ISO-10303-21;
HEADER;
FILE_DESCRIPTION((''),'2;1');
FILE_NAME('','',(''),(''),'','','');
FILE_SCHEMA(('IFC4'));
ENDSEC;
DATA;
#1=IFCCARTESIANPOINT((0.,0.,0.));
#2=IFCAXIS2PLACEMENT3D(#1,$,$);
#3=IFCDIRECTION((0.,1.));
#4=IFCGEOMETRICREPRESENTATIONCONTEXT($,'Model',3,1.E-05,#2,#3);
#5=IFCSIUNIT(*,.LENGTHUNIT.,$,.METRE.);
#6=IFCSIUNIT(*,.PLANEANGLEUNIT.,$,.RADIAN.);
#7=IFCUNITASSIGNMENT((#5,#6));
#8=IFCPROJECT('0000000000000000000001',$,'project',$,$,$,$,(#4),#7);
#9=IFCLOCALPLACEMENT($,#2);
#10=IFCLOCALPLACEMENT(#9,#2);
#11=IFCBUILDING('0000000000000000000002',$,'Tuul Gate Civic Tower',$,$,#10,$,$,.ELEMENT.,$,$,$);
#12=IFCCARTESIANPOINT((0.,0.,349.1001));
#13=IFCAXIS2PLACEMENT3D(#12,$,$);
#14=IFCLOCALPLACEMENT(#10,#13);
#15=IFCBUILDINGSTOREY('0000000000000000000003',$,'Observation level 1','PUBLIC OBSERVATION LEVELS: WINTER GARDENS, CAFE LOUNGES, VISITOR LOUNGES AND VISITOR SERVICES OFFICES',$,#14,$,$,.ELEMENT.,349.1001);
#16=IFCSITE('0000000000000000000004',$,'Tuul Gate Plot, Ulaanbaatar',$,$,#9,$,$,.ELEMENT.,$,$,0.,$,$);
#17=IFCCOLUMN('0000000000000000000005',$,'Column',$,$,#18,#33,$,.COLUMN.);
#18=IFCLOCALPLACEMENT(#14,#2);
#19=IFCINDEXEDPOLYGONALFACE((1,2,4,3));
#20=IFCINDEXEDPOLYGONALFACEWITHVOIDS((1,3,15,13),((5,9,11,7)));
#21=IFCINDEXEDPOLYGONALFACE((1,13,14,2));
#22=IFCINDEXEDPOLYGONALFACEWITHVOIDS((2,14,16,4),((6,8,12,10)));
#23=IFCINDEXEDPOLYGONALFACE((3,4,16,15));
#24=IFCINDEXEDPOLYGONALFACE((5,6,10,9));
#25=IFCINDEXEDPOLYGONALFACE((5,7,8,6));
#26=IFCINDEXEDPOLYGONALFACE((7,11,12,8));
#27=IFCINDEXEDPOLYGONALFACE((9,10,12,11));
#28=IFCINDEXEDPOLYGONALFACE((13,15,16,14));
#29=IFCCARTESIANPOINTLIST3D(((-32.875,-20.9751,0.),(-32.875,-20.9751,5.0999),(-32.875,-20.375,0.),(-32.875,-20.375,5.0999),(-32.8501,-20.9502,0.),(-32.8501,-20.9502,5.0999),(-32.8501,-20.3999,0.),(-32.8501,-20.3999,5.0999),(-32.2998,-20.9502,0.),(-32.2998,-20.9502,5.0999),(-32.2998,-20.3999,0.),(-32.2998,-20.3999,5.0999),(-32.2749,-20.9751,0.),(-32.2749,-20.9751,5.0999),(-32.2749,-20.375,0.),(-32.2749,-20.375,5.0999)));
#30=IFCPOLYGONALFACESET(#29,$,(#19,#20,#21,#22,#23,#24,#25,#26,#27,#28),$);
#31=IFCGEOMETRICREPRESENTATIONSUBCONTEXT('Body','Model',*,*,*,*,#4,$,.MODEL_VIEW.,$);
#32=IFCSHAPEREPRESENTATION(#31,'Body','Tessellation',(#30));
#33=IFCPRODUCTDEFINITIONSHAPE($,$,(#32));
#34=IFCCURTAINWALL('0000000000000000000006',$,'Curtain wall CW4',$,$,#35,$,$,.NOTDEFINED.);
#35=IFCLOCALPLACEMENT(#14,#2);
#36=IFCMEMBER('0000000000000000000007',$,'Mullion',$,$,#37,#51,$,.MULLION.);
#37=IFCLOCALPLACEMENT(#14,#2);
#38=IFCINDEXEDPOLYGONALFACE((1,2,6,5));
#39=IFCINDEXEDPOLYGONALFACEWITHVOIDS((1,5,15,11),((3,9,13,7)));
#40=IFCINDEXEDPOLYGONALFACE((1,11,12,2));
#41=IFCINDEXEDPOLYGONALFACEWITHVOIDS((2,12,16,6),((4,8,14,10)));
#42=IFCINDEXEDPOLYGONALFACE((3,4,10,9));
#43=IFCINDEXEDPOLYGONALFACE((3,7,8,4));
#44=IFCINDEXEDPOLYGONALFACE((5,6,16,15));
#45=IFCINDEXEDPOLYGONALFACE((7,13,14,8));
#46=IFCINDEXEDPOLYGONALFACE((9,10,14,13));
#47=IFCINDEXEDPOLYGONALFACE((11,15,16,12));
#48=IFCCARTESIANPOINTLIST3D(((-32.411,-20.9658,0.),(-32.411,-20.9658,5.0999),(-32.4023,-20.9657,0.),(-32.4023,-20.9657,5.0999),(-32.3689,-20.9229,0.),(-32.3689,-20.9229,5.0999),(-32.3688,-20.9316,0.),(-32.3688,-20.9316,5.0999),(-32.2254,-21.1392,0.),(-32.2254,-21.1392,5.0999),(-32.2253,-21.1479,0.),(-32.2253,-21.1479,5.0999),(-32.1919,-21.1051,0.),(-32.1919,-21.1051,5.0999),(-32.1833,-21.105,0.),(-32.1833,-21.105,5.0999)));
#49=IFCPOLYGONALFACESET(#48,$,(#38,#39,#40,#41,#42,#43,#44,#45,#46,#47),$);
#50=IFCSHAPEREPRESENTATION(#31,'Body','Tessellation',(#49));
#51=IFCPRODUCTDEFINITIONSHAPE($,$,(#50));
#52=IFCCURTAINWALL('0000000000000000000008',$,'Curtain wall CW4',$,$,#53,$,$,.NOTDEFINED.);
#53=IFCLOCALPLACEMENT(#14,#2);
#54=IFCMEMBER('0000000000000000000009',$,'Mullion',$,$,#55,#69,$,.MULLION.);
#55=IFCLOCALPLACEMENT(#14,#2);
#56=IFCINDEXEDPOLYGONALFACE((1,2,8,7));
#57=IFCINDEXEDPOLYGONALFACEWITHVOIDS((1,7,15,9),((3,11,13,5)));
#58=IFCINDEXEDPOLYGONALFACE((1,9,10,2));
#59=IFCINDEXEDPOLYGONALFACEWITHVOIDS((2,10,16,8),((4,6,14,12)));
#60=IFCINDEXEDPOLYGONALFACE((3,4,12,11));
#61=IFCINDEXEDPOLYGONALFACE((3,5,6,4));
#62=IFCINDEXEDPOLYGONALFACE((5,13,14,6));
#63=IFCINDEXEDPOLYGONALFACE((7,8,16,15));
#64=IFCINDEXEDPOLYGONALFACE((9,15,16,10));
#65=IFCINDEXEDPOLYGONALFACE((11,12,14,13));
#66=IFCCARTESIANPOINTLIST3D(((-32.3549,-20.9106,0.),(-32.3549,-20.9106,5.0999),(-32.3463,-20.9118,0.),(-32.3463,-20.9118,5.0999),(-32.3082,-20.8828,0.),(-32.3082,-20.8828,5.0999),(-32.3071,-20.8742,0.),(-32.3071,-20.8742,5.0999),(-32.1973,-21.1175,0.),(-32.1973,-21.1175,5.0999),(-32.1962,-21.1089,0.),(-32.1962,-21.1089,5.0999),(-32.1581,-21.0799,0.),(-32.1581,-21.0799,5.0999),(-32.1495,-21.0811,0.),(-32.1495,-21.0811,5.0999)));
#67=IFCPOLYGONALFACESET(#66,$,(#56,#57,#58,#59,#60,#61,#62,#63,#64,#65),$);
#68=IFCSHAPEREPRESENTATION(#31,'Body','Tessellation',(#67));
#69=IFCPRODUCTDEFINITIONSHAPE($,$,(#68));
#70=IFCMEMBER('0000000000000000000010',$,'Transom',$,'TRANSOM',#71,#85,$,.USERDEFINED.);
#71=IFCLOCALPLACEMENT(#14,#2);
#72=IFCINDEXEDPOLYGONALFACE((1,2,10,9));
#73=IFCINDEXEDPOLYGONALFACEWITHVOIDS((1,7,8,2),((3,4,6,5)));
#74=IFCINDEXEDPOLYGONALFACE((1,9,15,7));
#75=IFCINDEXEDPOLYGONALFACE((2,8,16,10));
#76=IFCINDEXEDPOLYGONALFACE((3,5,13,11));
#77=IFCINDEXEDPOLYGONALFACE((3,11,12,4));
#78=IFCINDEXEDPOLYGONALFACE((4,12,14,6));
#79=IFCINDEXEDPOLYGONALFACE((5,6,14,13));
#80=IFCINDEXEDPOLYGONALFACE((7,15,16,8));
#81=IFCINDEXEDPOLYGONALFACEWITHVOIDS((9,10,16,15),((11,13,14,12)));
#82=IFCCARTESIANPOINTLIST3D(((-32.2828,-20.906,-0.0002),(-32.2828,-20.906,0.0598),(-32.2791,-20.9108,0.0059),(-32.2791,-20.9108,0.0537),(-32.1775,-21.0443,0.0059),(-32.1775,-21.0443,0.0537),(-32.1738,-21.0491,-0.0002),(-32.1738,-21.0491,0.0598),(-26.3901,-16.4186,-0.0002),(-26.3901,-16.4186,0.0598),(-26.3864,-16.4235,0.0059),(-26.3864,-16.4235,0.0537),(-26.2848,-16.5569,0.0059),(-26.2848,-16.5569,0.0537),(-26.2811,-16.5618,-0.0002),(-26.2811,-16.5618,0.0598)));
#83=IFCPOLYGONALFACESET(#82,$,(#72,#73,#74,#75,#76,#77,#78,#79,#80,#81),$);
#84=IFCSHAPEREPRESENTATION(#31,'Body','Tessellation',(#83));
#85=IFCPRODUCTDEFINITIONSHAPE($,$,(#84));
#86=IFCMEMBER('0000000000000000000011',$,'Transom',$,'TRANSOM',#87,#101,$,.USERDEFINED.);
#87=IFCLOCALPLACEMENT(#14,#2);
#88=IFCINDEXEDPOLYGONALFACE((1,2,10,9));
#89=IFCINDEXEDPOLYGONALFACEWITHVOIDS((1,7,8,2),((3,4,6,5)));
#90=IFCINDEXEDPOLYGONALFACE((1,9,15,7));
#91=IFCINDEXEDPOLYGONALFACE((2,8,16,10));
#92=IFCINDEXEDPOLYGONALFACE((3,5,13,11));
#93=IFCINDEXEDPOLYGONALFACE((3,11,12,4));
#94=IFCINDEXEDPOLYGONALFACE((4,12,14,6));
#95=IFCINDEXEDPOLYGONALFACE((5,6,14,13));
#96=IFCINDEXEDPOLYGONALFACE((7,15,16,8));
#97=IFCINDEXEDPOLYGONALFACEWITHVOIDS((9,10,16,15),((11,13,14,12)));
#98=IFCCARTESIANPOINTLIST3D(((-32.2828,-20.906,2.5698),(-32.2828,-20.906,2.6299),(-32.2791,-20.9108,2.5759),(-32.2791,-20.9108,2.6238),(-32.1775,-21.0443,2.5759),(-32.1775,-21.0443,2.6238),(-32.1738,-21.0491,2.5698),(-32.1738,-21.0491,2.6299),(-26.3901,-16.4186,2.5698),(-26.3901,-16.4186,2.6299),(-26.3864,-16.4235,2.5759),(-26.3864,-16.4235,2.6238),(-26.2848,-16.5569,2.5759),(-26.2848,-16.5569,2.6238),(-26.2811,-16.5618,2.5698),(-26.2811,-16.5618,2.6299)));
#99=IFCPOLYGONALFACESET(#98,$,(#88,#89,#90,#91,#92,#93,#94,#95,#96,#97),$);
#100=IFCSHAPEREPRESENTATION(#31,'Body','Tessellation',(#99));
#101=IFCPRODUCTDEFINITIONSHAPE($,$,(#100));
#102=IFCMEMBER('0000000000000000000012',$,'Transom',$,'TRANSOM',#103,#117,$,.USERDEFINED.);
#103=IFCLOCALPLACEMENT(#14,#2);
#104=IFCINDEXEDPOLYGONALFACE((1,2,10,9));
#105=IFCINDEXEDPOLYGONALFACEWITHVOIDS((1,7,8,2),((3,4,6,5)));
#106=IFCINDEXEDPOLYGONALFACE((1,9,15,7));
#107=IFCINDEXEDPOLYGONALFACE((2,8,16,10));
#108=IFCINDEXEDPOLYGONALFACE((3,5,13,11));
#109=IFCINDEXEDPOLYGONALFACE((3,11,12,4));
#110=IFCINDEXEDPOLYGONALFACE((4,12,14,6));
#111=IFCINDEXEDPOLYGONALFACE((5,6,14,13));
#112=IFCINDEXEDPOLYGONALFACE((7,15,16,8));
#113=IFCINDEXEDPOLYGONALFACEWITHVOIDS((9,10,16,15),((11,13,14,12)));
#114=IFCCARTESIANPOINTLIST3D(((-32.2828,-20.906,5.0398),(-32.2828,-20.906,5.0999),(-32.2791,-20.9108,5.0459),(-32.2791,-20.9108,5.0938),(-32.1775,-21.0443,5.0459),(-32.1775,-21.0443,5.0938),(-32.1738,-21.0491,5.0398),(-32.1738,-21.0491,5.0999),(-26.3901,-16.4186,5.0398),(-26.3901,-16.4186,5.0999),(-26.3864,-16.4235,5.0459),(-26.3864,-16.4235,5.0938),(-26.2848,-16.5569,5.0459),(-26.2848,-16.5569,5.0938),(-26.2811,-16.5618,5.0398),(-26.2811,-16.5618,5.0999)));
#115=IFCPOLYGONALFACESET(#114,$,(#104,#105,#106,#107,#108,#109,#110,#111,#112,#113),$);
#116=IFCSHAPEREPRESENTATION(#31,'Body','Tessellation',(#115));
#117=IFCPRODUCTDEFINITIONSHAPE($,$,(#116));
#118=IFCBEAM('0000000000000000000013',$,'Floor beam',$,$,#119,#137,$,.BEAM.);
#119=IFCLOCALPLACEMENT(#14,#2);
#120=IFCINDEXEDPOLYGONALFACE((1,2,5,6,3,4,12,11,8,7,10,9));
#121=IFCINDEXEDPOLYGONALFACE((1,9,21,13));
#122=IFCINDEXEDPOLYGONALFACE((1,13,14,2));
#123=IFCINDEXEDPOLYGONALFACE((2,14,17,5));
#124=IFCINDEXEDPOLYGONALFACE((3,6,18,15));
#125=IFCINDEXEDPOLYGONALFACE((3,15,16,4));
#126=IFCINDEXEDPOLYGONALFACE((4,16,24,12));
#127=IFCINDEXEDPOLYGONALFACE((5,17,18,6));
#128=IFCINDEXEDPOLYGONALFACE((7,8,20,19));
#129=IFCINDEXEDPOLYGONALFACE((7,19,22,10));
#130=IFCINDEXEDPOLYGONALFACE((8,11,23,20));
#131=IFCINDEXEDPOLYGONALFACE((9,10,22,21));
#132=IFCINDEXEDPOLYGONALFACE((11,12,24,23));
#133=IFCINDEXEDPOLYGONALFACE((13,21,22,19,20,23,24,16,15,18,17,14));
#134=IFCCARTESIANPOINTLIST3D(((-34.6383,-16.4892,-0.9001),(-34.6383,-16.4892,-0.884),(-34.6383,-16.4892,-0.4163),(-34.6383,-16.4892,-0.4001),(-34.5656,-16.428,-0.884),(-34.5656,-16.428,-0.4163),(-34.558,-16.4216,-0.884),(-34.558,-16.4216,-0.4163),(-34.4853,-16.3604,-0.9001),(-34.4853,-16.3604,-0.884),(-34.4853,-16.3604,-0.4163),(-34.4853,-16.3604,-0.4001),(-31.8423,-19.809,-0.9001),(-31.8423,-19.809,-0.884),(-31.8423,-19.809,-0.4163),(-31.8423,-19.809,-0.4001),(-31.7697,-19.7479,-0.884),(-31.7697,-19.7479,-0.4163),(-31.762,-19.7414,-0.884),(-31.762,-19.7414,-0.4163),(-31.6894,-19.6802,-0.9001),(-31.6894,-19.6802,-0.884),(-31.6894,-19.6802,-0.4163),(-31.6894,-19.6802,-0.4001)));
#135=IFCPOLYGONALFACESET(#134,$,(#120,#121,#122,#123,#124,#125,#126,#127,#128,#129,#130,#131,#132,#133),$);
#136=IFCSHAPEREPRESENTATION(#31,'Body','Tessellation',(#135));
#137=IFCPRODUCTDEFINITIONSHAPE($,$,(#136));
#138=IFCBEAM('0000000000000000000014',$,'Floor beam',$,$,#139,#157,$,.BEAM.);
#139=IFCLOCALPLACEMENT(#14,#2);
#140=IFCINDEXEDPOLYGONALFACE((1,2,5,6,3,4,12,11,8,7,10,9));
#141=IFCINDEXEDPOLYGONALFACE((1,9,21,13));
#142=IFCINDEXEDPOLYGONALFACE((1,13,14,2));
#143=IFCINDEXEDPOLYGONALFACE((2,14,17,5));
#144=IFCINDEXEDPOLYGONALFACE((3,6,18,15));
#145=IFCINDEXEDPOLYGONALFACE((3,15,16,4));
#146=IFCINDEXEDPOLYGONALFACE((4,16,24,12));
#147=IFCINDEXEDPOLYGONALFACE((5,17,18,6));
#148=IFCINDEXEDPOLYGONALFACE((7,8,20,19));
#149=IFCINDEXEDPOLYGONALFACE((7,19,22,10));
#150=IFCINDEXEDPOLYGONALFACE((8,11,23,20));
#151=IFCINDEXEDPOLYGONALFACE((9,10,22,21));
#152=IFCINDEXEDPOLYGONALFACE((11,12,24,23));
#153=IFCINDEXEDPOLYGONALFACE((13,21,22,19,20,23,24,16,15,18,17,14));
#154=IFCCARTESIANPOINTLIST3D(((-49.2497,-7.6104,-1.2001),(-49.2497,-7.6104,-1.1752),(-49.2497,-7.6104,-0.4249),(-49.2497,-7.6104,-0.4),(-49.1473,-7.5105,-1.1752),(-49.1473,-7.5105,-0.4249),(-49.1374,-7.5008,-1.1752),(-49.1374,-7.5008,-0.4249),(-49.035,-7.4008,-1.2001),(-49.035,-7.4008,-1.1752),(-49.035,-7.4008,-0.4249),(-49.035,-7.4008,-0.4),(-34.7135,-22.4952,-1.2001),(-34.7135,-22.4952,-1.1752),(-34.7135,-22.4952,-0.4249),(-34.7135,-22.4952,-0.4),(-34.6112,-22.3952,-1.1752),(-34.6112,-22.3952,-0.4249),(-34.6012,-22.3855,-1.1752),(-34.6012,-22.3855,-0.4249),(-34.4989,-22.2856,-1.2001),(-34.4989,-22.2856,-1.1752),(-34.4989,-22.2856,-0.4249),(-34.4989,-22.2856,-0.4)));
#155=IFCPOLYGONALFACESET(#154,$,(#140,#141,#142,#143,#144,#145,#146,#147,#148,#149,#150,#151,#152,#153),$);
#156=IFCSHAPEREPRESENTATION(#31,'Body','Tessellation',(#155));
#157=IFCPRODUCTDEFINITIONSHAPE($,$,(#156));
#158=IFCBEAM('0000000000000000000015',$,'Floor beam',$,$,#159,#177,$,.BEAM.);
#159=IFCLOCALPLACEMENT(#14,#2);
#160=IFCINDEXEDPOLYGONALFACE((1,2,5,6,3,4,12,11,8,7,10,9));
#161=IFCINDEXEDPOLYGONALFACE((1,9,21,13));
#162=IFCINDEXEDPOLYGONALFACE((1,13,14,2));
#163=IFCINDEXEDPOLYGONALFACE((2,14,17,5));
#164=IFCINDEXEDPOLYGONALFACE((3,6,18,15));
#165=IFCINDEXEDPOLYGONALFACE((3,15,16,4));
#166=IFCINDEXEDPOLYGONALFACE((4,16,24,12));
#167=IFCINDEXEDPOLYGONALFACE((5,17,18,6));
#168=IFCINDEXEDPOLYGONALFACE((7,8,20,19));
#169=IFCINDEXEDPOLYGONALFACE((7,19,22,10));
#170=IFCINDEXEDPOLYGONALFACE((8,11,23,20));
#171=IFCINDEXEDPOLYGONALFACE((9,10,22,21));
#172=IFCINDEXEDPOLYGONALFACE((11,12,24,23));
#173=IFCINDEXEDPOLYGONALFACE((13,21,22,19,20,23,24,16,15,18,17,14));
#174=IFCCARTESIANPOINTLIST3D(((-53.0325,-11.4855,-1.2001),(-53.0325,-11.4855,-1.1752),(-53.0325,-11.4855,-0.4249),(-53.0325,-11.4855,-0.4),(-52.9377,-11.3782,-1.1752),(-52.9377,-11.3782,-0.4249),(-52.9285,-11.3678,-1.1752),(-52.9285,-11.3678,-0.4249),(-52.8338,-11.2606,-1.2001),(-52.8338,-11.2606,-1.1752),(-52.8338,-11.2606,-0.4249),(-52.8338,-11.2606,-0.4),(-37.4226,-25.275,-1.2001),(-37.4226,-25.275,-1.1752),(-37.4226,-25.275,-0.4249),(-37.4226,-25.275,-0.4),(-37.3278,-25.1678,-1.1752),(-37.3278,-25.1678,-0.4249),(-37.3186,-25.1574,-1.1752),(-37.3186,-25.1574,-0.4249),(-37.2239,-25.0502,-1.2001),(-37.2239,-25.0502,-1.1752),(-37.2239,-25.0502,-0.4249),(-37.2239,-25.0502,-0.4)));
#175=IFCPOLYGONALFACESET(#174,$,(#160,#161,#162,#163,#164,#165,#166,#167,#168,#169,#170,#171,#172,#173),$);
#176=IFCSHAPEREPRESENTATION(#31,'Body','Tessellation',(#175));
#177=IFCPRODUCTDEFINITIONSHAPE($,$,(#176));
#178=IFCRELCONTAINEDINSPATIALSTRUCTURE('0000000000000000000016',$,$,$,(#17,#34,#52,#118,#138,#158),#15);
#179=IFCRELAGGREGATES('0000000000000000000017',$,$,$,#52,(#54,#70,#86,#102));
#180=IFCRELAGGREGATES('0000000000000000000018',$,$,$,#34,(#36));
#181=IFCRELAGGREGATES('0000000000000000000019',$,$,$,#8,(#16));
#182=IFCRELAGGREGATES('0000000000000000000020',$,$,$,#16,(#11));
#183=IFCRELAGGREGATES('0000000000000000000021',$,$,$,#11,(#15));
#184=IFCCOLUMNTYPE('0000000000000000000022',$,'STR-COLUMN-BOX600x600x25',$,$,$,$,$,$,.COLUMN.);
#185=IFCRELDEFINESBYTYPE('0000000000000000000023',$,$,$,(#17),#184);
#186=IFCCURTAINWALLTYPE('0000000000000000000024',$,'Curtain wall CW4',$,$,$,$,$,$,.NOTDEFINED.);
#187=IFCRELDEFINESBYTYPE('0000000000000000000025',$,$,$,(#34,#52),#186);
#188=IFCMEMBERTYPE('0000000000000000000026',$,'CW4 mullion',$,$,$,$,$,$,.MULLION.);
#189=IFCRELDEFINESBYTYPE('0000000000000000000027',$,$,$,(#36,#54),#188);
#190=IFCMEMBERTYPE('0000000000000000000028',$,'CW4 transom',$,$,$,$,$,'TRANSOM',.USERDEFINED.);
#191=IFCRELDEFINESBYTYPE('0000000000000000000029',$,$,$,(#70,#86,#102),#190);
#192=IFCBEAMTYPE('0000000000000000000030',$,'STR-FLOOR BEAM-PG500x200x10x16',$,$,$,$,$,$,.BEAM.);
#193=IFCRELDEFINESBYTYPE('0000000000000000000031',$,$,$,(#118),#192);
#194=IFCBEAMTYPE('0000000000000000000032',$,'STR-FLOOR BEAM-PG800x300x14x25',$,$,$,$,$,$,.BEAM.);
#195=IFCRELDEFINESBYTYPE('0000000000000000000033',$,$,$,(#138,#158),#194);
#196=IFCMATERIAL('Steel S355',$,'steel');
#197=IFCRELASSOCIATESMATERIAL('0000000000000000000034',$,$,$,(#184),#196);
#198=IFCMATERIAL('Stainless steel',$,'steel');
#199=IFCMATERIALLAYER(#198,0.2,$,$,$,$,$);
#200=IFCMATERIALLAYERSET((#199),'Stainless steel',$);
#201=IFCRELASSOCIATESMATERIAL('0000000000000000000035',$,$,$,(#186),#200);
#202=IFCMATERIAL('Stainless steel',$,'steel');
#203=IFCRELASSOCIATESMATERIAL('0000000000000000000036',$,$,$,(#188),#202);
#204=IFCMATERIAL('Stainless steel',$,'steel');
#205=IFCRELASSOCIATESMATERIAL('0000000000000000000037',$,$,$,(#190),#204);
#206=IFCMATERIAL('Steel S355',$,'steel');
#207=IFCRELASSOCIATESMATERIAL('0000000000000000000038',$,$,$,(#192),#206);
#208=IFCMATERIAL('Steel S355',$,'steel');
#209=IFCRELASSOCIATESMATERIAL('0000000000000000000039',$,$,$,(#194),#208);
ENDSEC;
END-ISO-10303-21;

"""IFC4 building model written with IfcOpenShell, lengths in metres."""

from ifc_helpers import new_model, si_unit, direction, frame, origin, origin_2d, place, context, subcontext, project, spatial, hollow_rectangle, i_section, extrude, material, layer, layer_set, material_profile, profile_set, type_object, element, aggregate, save


model = new_model("IFC4")

# Units and contexts
model_context = context("Model", 3, precision=1e-05, world=origin(), true_north=direction((0.0, 1.0)))
body_context = subcontext(model_context, "Body", "Model", "MODEL_VIEW")
ifc_project = project(units=[si_unit("LENGTHUNIT", "METRE"), si_unit("PLANEANGLEUNIT", "RADIAN")], contexts=[model_context])

# Site, building, storey
site_placement = place(None, origin())
site = spatial("IfcSite", under=ifc_project, at=site_placement, Name="Tuul Gate Plot, Ulaanbaatar", CompositionType="ELEMENT", RefElevation=0.0)
building_placement = place(site_placement, origin())
building = spatial("IfcBuilding", under=site, at=building_placement, Name="Tuul Gate Civic Tower", CompositionType="ELEMENT")
storey_placement = place(building_placement, frame((0.0, 0.0, 349.1001)))
storey = spatial("IfcBuildingStorey", under=building, at=storey_placement, Name="Observation level 1", Description="PUBLIC OBSERVATION LEVELS: WINTER GARDENS, CAFE LOUNGES, VISITOR LOUNGES AND VISITOR SERVICES OFFICES", CompositionType="ELEMENT", Elevation=349.1001)

# Column
ifc_material_1 = material(Name="Steel S355", Category="steel")
ifc_material_profile_1 = material_profile(ifc_material_1, hollow_rectangle(XDim=0.6001, YDim=0.6001, WallThickness=0.0249, at=origin_2d()), Name="BOX600x600x25")
ifc_profile_set_1 = profile_set([ifc_material_profile_1], Name="Steel S355")
column_type = type_object("IfcColumnType", Name="STR-COLUMN-BOX600x600x25", PredefinedType="COLUMN", material=ifc_profile_set_1)
column_placement = place(storey_placement, frame((-32.575, -20.675, 0.0), z_axis=(0.0, 0.0, 1.0), x_axis=(1.0, 0.0, 0.0)))
element("IfcColumn", 1, at=column_placement, inside=storey, type_object=column_type, Name="Column", PredefinedType="COLUMN", context=body_context, shape_type="SweptSolid", body=[
    extrude(hollow_rectangle(XDim=0.6001, YDim=0.6001, WallThickness=0.0249, at=origin_2d()), origin(), (0.0, 0.0, 1.0), 5.0999),
])

# Curtain wall, member
ifc_material_2 = material(Name="Stainless steel", Category="steel")
ifc_layer_1 = layer(ifc_material_2, 0.2)
ifc_layer_set_1 = layer_set([ifc_layer_1], Name="Stainless steel")
curtain_wall_type = type_object("IfcCurtainWallType", Name="Curtain wall CW4", PredefinedType="NOTDEFINED", material=ifc_layer_set_1)
curtain_wall_1_placement = place(storey_placement, origin())
curtain_wall_1 = element("IfcCurtainWall", 2, at=curtain_wall_1_placement, inside=storey, type_object=curtain_wall_type, Name="Curtain wall CW4", PredefinedType="NOTDEFINED")
ifc_material_3 = material(Name="Stainless steel", Category="steel")
ifc_material_profile_2 = material_profile(ifc_material_3, hollow_rectangle(XDim=0.26, YDim=0.0601, WallThickness=0.0061, at=origin_2d()), Name="CW4 mullion")
ifc_profile_set_2 = profile_set([ifc_material_profile_2], Name="Stainless steel")
member_type_1 = type_object("IfcMemberType", Name="CW4 mullion", PredefinedType="MULLION", material=ifc_profile_set_2)
member_1_placement = place(storey_placement, frame((-32.2971, -21.0354, 0.0), z_axis=(0.0, 0.0, 1.0), x_axis=(-0.714048, 0.700097, 0.0)))
member_1 = element("IfcMember", 3, at=member_1_placement, type_object=member_type_1, Name="Mullion", PredefinedType="MULLION", context=body_context, shape_type="SweptSolid", body=[
    extrude(hollow_rectangle(XDim=0.26, YDim=0.0601, WallThickness=0.0061, at=origin_2d()), origin(), (0.0, 0.0, 1.0), 5.0999),
])

# Curtain wall, members
curtain_wall_2_placement = place(storey_placement, origin())
curtain_wall_2 = element("IfcCurtainWall", 4, at=curtain_wall_2_placement, inside=storey, type_object=curtain_wall_type, Name="Curtain wall CW4", PredefinedType="NOTDEFINED")
member_2_placement = place(storey_placement, frame((-32.2522, -20.9958, 0.0), z_axis=(0.0, 0.0, 1.0), x_axis=(-0.605851, 0.795578, 0.0)))
member_2 = element("IfcMember", 5, at=member_2_placement, type_object=member_type_1, Name="Mullion", PredefinedType="MULLION", context=body_context, shape_type="SweptSolid", body=[
    extrude(hollow_rectangle(XDim=0.26, YDim=0.0601, WallThickness=0.0061, at=origin_2d()), origin(), (0.0, 0.0, 1.0), 5.0999),
])
ifc_material_4 = material(Name="Stainless steel", Category="steel")
ifc_material_profile_3 = material_profile(ifc_material_4, hollow_rectangle(XDim=0.1799, YDim=0.0601, WallThickness=0.0061, at=origin_2d()), Name="CW4 transom")
ifc_profile_set_3 = profile_set([ifc_material_profile_3], Name="Stainless steel")
member_type_2 = type_object("IfcMemberType", Name="CW4 transom", ElementType="TRANSOM", PredefinedType="USERDEFINED", material=ifc_profile_set_3)
member_3_placement = place(storey_placement, frame((-32.2283, -20.9775, 0.0298), z_axis=(0.79558, 0.605849, 0.0), x_axis=(-0.605849, 0.79558, 0.0)))
member_3 = element("IfcMember", 6, at=member_3_placement, type_object=member_type_2, Name="Transom", ObjectType="TRANSOM", PredefinedType="USERDEFINED", context=body_context, shape_type="SweptSolid", body=[
    extrude(hollow_rectangle(XDim=0.1799, YDim=0.0601, WallThickness=0.0061, at=origin_2d()), origin(), (0.0, 0.0, 1.0), 7.4067),
])
member_4_placement = place(storey_placement, frame((-32.2283, -20.9775, 2.5999), z_axis=(0.79558, 0.605849, 0.0), x_axis=(-0.605849, 0.79558, 0.0)))
member_4 = element("IfcMember", 7, at=member_4_placement, type_object=member_type_2, Name="Transom", ObjectType="TRANSOM", PredefinedType="USERDEFINED", context=body_context, shape_type="SweptSolid", body=[
    extrude(hollow_rectangle(XDim=0.1799, YDim=0.0601, WallThickness=0.0061, at=origin_2d()), origin(), (0.0, 0.0, 1.0), 7.4067),
])
member_5_placement = place(storey_placement, frame((-32.2283, -20.9775, 5.0698), z_axis=(0.79558, 0.605849, 0.0), x_axis=(-0.605849, 0.79558, 0.0)))
member_5 = element("IfcMember", 8, at=member_5_placement, type_object=member_type_2, Name="Transom", ObjectType="TRANSOM", PredefinedType="USERDEFINED", context=body_context, shape_type="SweptSolid", body=[
    extrude(hollow_rectangle(XDim=0.1799, YDim=0.0601, WallThickness=0.0061, at=origin_2d()), origin(), (0.0, 0.0, 1.0), 7.4067),
])
aggregate(curtain_wall_2, [member_2, member_3, member_4, member_5])

# Beams
ifc_material_5 = material(Name="Steel S355", Category="steel")
ifc_material_profile_4 = material_profile(ifc_material_5, i_section(OverallWidth=0.2, OverallDepth=0.5, WebThickness=0.01, FlangeThickness=0.0161, at=origin_2d()), Name="PG500x200x10x16")
ifc_profile_set_4 = profile_set([ifc_material_profile_4], Name="Steel S355")
beam_type_1 = type_object("IfcBeamType", Name="STR-FLOOR BEAM-PG500x200x10x16", PredefinedType="BEAM", material=ifc_profile_set_4)
beam_1_placement = place(storey_placement, frame((-31.7659, -19.7446, -0.6501), z_axis=(-0.64417, 0.764882, 0.0), x_axis=(-0.764882, -0.64417, 0.0)))
element("IfcBeam", 9, at=beam_1_placement, inside=storey, type_object=beam_type_1, Name="Floor beam", PredefinedType="BEAM", context=body_context, shape_type="SweptSolid", body=[
    extrude(i_section(OverallWidth=0.2, OverallDepth=0.5, WebThickness=0.01, FlangeThickness=0.0161, at=origin_2d()), origin(), (0.0, 0.0, 1.0), 4.3403),
])
ifc_material_6 = material(Name="Steel S355", Category="steel")
ifc_material_profile_5 = material_profile(ifc_material_6, i_section(OverallWidth=0.3, OverallDepth=0.8, WebThickness=0.0139, FlangeThickness=0.0249, at=origin_2d()), Name="PG800x300x14x25")
ifc_profile_set_5 = profile_set([ifc_material_profile_5], Name="Steel S355")
beam_type_2 = type_object("IfcBeamType", Name="STR-FLOOR BEAM-PG800x300x14x25", PredefinedType="BEAM", material=ifc_profile_set_5)
beam_2_placement = place(storey_placement, frame((-34.6062, -22.3904, -0.8), z_axis=(-0.698679, 0.715436, 0.0), x_axis=(-0.715436, -0.698679, 0.0)))
element("IfcBeam", 10, at=beam_2_placement, inside=storey, type_object=beam_type_2, Name="Floor beam", PredefinedType="BEAM", context=body_context, shape_type="SweptSolid", body=[
    extrude(i_section(OverallWidth=0.3, OverallDepth=0.8, WebThickness=0.0139, FlangeThickness=0.0249, at=origin_2d()), origin(), (0.0, 0.0, 1.0), 20.8052),
])
beam_3_placement = place(storey_placement, frame((-37.3232, -25.1626, -0.8), z_axis=(-0.749453, 0.662057, 0.0), x_axis=(-0.662057, -0.749453, 0.0)))
element("IfcBeam", 11, at=beam_3_placement, inside=storey, type_object=beam_type_2, Name="Floor beam", PredefinedType="BEAM", context=body_context, shape_type="SweptSolid", body=[
    extrude(i_section(OverallWidth=0.3, OverallDepth=0.8, WebThickness=0.0139, FlangeThickness=0.0249, at=origin_2d()), origin(), (0.0, 0.0, 1.0), 20.8284),
])

aggregate(curtain_wall_1, [member_1])

save(model, "model.ifc")
